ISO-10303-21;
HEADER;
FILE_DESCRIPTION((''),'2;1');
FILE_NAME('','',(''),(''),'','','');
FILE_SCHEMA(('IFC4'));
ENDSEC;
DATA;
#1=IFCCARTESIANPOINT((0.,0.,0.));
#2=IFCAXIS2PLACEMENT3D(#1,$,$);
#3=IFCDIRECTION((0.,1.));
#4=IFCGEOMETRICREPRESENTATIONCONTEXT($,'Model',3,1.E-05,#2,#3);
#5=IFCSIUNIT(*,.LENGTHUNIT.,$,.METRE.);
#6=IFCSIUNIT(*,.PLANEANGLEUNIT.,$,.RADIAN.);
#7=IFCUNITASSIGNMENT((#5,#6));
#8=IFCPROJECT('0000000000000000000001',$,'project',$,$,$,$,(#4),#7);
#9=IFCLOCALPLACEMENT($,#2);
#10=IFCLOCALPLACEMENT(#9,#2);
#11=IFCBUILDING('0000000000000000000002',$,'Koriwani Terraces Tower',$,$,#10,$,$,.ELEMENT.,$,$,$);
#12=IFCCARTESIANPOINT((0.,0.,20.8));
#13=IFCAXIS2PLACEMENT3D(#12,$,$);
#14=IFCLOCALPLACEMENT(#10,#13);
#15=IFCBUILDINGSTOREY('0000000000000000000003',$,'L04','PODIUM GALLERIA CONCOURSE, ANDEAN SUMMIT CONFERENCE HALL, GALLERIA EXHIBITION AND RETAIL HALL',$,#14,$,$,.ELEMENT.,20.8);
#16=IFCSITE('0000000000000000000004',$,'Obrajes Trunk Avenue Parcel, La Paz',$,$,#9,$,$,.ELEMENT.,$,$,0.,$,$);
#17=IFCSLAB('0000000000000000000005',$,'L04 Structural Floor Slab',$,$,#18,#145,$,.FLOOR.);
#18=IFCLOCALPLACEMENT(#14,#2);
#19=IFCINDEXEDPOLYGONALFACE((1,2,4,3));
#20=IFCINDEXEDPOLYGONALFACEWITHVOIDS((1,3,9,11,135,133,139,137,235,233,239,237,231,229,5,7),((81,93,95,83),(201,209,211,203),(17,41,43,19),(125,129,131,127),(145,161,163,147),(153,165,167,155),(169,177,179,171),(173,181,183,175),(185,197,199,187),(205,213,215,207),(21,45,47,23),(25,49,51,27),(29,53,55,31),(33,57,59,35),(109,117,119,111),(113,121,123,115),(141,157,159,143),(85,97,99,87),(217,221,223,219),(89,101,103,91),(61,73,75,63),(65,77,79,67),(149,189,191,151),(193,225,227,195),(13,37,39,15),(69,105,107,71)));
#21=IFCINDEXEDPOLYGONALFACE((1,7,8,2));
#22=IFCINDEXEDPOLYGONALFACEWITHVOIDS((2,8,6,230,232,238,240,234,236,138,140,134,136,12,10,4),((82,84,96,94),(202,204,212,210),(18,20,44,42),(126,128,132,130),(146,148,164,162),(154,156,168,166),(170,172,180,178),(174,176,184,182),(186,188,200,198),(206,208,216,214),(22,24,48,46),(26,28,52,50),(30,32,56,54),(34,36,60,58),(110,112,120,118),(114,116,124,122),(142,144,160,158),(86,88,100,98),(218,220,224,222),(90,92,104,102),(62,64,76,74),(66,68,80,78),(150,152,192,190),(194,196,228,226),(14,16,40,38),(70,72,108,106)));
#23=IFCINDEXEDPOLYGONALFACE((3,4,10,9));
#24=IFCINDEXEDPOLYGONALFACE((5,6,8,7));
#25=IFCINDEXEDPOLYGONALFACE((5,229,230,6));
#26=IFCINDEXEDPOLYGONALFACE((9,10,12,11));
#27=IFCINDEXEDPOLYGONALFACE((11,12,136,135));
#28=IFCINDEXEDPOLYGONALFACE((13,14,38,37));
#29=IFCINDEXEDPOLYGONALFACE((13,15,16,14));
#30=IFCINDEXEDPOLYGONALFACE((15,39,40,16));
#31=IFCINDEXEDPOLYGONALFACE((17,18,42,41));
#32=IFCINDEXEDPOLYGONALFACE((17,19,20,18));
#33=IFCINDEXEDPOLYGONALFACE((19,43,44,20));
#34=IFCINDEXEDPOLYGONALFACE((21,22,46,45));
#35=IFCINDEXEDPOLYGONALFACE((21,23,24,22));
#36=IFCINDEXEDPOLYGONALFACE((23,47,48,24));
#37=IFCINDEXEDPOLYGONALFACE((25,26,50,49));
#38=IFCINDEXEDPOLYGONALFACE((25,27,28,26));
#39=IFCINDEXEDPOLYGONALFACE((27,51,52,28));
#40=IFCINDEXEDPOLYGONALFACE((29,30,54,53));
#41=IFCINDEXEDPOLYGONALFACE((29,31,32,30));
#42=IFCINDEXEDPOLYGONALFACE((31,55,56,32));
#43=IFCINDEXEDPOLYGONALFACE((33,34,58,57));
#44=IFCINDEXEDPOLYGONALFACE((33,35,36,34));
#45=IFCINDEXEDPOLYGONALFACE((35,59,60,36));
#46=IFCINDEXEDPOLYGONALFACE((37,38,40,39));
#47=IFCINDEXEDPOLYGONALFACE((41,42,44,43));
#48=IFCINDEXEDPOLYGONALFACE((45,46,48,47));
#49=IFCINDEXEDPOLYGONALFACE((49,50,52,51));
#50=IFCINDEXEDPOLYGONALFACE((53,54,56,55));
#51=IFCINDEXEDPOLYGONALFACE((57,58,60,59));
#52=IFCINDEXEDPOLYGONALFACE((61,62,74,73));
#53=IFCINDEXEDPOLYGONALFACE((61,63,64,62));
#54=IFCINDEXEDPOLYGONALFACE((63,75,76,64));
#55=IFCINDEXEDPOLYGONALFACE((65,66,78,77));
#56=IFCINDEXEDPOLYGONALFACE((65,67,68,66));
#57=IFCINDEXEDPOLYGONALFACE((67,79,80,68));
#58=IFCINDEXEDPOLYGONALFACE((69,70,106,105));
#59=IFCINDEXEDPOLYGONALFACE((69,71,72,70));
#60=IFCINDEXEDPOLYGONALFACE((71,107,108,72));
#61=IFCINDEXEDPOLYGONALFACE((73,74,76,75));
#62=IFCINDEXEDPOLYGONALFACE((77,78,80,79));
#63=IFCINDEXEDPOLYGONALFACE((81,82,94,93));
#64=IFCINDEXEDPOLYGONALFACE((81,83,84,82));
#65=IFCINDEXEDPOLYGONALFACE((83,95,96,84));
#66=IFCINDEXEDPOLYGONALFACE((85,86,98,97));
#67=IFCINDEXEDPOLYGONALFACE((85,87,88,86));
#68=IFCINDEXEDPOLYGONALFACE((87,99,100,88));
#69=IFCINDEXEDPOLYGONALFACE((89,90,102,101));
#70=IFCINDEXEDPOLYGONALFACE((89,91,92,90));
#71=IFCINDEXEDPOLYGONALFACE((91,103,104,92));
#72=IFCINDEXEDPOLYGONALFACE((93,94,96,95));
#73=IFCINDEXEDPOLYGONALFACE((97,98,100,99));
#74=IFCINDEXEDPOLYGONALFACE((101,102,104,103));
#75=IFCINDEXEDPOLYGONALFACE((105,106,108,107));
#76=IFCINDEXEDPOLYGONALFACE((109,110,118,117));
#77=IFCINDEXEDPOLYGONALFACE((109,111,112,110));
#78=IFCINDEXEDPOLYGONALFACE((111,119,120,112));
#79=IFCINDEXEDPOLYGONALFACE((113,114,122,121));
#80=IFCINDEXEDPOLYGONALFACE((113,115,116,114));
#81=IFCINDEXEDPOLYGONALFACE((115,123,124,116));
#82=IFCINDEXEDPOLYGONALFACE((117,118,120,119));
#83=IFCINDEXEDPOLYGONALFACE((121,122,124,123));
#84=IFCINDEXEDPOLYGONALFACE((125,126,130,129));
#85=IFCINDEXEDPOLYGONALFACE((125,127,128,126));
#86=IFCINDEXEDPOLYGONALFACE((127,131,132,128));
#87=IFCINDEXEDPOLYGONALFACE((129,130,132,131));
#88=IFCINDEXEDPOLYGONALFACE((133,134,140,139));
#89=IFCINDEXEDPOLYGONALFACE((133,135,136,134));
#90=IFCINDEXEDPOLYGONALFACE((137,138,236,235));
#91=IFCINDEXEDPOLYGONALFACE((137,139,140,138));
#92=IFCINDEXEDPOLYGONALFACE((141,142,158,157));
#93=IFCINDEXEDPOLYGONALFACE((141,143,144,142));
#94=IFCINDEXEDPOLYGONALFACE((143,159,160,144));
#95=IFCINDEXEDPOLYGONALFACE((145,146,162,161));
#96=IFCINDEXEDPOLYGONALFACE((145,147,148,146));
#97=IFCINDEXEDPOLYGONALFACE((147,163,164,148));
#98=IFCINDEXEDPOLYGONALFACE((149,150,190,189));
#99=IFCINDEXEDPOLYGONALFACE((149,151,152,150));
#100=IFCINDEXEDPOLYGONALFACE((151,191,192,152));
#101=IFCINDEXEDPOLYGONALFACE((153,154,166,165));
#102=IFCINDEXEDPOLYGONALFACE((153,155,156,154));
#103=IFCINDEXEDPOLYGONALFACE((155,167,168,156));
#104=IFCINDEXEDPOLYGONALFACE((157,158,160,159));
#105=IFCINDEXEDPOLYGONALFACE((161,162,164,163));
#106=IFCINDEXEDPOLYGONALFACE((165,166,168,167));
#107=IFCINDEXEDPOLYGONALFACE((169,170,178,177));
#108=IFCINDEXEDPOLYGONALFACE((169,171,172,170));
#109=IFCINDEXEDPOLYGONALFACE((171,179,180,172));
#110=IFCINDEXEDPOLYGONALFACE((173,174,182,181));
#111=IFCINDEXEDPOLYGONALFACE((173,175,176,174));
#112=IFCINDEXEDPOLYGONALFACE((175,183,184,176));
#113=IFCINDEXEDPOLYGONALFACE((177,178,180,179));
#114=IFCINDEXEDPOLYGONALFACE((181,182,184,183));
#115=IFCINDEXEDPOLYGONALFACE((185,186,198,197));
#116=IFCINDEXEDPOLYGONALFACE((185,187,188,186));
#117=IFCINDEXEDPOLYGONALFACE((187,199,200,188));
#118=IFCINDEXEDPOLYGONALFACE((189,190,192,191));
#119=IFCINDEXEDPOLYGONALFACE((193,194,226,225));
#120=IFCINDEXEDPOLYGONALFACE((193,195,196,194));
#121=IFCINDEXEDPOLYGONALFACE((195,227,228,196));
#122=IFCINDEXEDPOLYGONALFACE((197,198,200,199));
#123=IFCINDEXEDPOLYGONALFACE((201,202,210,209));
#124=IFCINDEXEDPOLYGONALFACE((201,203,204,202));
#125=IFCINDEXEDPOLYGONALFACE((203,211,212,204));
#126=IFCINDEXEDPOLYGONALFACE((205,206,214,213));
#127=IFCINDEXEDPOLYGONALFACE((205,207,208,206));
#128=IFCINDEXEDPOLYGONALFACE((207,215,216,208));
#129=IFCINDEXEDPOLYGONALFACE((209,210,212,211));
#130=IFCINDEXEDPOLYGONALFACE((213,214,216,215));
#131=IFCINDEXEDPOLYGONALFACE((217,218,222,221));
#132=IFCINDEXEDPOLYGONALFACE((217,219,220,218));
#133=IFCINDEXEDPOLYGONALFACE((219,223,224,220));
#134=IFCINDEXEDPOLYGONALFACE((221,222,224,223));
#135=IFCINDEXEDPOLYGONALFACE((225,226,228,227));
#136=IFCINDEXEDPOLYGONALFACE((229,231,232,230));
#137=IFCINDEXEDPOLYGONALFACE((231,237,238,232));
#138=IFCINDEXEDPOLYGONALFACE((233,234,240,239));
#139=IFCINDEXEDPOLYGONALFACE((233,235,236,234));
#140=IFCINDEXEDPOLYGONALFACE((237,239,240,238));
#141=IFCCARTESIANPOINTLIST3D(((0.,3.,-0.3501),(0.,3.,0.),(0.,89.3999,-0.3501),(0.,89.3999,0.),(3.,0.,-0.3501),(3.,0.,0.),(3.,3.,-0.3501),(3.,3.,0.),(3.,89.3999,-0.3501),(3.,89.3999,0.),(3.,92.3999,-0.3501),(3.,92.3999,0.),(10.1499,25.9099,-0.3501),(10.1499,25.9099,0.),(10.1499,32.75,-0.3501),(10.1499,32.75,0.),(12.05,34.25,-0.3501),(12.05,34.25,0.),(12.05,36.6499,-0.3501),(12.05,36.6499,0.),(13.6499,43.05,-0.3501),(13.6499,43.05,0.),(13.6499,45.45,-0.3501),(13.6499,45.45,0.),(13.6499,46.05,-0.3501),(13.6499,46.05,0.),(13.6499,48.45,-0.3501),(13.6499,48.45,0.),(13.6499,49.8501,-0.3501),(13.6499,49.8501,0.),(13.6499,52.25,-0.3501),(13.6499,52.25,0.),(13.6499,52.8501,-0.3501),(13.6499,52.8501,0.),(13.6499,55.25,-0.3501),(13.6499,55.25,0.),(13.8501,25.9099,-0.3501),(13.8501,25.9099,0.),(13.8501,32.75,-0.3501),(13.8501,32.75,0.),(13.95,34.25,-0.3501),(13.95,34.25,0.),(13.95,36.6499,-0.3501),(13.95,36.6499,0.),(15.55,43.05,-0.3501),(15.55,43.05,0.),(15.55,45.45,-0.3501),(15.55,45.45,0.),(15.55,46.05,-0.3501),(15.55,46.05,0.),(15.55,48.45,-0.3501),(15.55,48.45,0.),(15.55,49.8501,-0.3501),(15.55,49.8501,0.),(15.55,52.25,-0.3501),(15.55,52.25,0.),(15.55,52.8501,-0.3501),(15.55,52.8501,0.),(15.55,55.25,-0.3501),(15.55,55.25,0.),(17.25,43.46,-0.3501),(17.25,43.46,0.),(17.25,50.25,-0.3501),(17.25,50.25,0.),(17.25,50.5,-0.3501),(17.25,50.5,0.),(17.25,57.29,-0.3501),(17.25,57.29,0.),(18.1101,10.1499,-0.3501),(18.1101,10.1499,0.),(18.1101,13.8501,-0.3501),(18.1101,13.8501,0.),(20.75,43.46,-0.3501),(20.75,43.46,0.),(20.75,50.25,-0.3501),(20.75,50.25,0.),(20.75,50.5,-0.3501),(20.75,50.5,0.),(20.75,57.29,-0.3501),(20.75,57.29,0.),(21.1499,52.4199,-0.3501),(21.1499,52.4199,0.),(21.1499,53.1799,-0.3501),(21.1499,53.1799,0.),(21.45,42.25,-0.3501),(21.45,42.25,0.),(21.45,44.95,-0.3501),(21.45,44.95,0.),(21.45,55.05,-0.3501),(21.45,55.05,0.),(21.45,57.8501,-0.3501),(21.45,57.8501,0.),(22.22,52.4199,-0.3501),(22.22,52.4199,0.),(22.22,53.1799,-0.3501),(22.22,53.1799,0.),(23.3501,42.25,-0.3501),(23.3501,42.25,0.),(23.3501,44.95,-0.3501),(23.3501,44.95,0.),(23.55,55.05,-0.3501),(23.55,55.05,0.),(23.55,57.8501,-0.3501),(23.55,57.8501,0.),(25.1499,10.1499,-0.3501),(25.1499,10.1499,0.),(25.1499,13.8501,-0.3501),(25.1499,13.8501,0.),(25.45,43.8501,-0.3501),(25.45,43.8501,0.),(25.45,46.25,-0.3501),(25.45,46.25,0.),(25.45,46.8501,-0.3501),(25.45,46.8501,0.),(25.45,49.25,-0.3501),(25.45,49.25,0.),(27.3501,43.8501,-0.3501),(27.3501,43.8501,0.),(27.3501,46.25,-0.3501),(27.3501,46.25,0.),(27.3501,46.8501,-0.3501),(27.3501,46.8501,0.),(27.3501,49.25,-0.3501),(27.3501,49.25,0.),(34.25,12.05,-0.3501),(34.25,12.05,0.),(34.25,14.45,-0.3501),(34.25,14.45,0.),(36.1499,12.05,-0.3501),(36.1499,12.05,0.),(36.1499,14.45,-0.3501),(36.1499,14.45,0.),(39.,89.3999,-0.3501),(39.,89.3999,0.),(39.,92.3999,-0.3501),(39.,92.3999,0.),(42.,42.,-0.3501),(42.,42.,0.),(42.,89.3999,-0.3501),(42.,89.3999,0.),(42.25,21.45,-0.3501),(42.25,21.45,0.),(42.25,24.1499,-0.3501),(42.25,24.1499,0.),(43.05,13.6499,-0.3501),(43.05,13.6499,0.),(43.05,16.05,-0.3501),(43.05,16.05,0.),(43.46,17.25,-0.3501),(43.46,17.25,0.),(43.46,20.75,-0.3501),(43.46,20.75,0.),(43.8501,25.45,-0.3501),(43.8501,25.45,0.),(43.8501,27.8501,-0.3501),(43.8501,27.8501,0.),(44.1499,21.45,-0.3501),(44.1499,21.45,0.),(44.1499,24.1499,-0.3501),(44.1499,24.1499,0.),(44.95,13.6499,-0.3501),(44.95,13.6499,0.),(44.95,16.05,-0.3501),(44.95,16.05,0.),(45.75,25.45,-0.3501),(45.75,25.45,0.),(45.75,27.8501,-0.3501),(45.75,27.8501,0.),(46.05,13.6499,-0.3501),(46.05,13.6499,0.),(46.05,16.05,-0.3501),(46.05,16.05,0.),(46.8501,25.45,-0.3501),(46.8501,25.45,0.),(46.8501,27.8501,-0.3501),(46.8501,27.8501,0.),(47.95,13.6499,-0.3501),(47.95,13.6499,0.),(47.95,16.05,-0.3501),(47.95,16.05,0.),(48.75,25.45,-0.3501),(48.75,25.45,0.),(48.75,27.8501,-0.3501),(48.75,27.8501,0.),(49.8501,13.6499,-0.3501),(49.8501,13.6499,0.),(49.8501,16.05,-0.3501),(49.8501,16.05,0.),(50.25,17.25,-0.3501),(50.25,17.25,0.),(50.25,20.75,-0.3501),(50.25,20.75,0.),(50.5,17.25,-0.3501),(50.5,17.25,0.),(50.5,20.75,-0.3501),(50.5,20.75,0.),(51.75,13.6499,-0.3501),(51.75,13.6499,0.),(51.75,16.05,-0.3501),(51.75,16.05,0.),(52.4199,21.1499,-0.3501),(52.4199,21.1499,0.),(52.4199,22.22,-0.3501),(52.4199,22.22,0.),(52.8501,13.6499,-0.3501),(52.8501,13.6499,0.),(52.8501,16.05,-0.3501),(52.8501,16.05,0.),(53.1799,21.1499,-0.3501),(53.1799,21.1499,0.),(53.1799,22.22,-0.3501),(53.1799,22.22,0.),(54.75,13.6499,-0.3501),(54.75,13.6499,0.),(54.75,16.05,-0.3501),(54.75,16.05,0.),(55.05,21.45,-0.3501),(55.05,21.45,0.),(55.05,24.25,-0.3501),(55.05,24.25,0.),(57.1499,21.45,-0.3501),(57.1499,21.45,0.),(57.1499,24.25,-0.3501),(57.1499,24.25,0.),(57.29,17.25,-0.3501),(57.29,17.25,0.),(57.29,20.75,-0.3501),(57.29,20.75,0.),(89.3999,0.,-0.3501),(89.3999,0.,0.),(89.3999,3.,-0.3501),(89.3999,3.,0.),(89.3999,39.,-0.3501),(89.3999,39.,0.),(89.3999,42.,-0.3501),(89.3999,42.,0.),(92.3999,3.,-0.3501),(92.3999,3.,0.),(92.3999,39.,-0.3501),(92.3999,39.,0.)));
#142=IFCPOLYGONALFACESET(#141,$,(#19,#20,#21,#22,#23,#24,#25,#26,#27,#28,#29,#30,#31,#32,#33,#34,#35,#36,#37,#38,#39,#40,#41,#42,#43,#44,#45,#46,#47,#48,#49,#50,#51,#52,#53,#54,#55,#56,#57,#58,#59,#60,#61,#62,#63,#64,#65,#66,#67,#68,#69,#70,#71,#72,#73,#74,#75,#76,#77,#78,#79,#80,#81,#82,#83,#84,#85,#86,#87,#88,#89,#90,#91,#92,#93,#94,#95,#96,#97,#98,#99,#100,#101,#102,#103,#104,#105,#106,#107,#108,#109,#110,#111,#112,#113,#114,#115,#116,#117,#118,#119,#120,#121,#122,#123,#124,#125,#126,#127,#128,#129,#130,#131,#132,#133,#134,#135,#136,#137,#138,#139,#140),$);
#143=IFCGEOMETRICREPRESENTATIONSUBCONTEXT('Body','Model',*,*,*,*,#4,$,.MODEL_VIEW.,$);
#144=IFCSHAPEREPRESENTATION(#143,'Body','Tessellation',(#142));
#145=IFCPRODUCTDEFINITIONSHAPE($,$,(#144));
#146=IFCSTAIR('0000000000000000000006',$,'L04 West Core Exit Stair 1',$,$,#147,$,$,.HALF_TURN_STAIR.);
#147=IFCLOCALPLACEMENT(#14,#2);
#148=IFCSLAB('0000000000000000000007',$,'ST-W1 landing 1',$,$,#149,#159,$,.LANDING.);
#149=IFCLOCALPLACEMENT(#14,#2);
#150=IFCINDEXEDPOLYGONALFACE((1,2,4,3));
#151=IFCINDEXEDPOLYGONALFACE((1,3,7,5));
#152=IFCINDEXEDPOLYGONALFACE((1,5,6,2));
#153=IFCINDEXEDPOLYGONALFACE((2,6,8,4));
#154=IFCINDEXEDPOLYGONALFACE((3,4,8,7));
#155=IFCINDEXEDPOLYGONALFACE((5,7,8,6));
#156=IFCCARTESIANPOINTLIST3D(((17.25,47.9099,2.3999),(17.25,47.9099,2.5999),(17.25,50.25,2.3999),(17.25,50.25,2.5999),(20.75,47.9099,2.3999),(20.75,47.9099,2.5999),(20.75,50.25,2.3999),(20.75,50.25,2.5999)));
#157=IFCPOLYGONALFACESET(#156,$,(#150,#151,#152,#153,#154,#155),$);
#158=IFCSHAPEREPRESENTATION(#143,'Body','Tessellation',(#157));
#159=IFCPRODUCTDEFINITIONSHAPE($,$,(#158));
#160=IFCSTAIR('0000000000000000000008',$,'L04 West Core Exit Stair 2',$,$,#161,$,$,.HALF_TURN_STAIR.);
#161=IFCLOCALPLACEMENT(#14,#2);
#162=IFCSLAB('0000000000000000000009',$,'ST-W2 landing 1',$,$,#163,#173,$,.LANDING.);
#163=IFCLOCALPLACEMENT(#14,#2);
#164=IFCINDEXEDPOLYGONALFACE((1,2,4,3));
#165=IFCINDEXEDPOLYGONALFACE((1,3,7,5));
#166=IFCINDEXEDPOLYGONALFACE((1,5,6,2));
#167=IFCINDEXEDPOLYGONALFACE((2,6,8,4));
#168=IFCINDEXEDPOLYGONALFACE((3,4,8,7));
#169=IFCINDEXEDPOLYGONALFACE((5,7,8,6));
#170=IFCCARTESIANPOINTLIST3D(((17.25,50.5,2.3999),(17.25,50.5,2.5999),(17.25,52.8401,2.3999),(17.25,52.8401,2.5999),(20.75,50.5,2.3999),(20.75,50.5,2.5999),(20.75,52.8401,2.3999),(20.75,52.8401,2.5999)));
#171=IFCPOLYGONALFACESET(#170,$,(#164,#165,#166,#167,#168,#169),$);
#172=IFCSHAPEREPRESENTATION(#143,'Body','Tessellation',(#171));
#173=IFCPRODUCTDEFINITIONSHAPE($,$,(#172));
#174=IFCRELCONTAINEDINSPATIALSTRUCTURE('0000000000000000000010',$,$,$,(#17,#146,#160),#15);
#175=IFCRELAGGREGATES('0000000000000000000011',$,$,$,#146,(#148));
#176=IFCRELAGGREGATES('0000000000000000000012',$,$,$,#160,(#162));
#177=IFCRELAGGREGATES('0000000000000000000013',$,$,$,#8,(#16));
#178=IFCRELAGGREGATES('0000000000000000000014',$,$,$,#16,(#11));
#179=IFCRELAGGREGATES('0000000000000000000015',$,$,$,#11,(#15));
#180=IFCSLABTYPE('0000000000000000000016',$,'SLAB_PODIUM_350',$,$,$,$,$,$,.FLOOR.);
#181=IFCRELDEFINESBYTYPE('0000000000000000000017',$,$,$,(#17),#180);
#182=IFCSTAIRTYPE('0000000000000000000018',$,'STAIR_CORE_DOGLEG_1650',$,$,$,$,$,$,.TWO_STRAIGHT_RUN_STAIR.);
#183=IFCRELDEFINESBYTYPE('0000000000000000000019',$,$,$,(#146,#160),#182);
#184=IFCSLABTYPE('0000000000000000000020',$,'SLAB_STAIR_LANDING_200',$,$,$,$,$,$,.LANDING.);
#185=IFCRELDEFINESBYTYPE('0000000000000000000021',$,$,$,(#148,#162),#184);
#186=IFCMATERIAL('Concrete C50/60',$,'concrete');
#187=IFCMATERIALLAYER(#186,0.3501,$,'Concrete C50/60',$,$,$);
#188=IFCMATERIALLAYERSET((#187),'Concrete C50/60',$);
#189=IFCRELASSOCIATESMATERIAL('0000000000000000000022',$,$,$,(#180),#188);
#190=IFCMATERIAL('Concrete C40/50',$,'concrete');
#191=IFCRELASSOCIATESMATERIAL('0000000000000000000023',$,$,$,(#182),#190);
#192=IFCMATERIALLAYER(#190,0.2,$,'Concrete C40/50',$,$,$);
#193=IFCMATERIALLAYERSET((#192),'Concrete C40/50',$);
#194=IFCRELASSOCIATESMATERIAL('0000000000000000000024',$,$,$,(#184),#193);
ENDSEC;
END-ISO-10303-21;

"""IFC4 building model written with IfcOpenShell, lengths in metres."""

from ifc_helpers import new_model, si_unit, direction, frame, origin, place, context, subcontext, project, spatial, polyline, outline, extrude, material, layer, layer_set, type_object, element, aggregate, save


model = new_model("IFC4")

# Units and contexts
model_context = context("Model", 3, precision=1e-05, world=origin(), true_north=direction((0.0, 1.0)))
body_context = subcontext(model_context, "Body", "Model", "MODEL_VIEW")
ifc_project = project(units=[si_unit("LENGTHUNIT", "METRE"), si_unit("PLANEANGLEUNIT", "RADIAN")], contexts=[model_context])

# Site, building, storey
site_placement = place(None, origin())
site = spatial("IfcSite", under=ifc_project, at=site_placement, Name="Obrajes Trunk Avenue Parcel, La Paz", CompositionType="ELEMENT", RefElevation=0.0)
building_placement = place(site_placement, origin())
building = spatial("IfcBuilding", under=site, at=building_placement, Name="Koriwani Terraces Tower", CompositionType="ELEMENT")
storey_placement = place(building_placement, frame((0.0, 0.0, 20.8)))
storey = spatial("IfcBuildingStorey", under=building, at=storey_placement, Name="L04", Description="PODIUM GALLERIA CONCOURSE, ANDEAN SUMMIT CONFERENCE HALL, GALLERIA EXHIBITION AND RETAIL HALL", CompositionType="ELEMENT", Elevation=20.8)

# Slab
ifc_material_1 = material(Name="Concrete C50/60", Category="concrete")
ifc_layer_1 = layer(ifc_material_1, 0.3501, Name="Concrete C50/60")
ifc_layer_set_1 = layer_set([ifc_layer_1], Name="Concrete C50/60")
slab_type_1 = type_object("IfcSlabType", Name="SLAB_PODIUM_350", PredefinedType="FLOOR", material=ifc_layer_set_1)
slab_1_placement = place(storey_placement, frame((0.0, 0.0, -0.3501)))
element("IfcSlab", 1, at=slab_1_placement, inside=storey, type_object=slab_type_1, Name="L04 Structural Floor Slab", PredefinedType="FLOOR", context=body_context, shape_type="SweptSolid", body=[
    extrude(outline(polyline([(3.0, 0.0), (89.3999, 0.0), (89.3999, 3.0), (92.3999, 3.0), (92.3999, 39.0), (89.3999, 39.0), (89.3999, 42.0), (42.0, 42.0), (42.0, 89.3999), (39.0, 89.3999), (39.0, 92.3999), (3.0, 92.3999), (3.0, 89.3999), (0.0, 89.3999), (0.0, 3.0), (3.0, 3.0), (3.0, 0.0)]), holes=[polyline([(17.25, 43.46), (20.75, 43.46), (20.75, 50.25), (17.25, 50.25), (17.25, 43.46)]), polyline([(17.25, 50.5), (20.75, 50.5), (20.75, 57.29), (17.25, 57.29), (17.25, 50.5)]), polyline([(43.46, 17.25), (50.25, 17.25), (50.25, 20.75), (43.46, 20.75), (43.46, 17.25)]), polyline([(50.5, 17.25), (57.29, 17.25), (57.29, 20.75), (50.5, 20.75), (50.5, 17.25)]), polyline([(10.1499, 25.9099), (13.8501, 25.9099), (13.8501, 32.75), (10.1499, 32.75), (10.1499, 25.9099)]), polyline([(18.1101, 10.1499), (25.1499, 10.1499), (25.1499, 13.8501), (18.1101, 13.8501), (18.1101, 10.1499)]), polyline([(12.05, 34.25), (13.95, 34.25), (13.95, 36.6499), (12.05, 36.6499), (12.05, 34.25)]), polyline([(34.25, 12.05), (36.1499, 12.05), (36.1499, 14.45), (34.25, 14.45), (34.25, 12.05)]), polyline([(13.6499, 43.05), (15.55, 43.05), (15.55, 45.45), (13.6499, 45.45), (13.6499, 43.05)]), polyline([(13.6499, 46.05), (15.55, 46.05), (15.55, 48.45), (13.6499, 48.45), (13.6499, 46.05)]), polyline([(43.05, 13.6499), (44.95, 13.6499), (44.95, 16.05), (43.05, 16.05), (43.05, 13.6499)]), polyline([(46.05, 13.6499), (47.95, 13.6499), (47.95, 16.05), (46.05, 16.05), (46.05, 13.6499)]), polyline([(13.6499, 49.8501), (15.55, 49.8501), (15.55, 52.25), (13.6499, 52.25), (13.6499, 49.8501)]), polyline([(13.6499, 52.8501), (15.55, 52.8501), (15.55, 55.25), (13.6499, 55.25), (13.6499, 52.8501)]), polyline([(49.8501, 13.6499), (51.75, 13.6499), (51.75, 16.05), (49.8501, 16.05), (49.8501, 13.6499)]), polyline([(52.8501, 13.6499), (54.75, 13.6499), (54.75, 16.05), (52.8501, 16.05), (52.8501, 13.6499)]), polyline([(25.45, 43.8501), (27.3501, 43.8501), (27.3501, 46.25), (25.45, 46.25), (25.45, 43.8501)]), polyline([(25.45, 46.8501), (27.3501, 46.8501), (27.3501, 49.25), (25.45, 49.25), (25.45, 46.8501)]), polyline([(43.8501, 25.45), (45.75, 25.45), (45.75, 27.8501), (43.8501, 27.8501), (43.8501, 25.45)]), polyline([(46.8501, 25.45), (48.75, 25.45), (48.75, 27.8501), (46.8501, 27.8501), (46.8501, 25.45)]), polyline([(21.45, 55.05), (23.55, 55.05), (23.55, 57.8501), (21.45, 57.8501), (21.45, 55.05)]), polyline([(55.05, 21.45), (57.1499, 21.45), (57.1499, 24.25), (55.05, 24.25), (55.05, 21.45)]), polyline([(21.45, 42.25), (23.3501, 42.25), (23.3501, 44.95), (21.45, 44.95), (21.45, 42.25)]), polyline([(42.25, 21.45), (44.1499, 21.45), (44.1499, 24.1499), (42.25, 24.1499), (42.25, 21.45)]), polyline([(21.1499, 52.4199), (22.22, 52.4199), (22.22, 53.1799), (21.1499, 53.1799), (21.1499, 52.4199)]), polyline([(52.4199, 21.1499), (53.1799, 21.1499), (53.1799, 22.22), (52.4199, 22.22), (52.4199, 21.1499)])]), origin(), (0.0, 0.0, 1.0), 0.3501),
])

# Stairs, slabs
ifc_material_2 = material(Name="Concrete C40/50", Category="concrete")
stair_type_1 = type_object("IfcStairType", Name="STAIR_CORE_DOGLEG_1650", PredefinedType="TWO_STRAIGHT_RUN_STAIR", material=ifc_material_2)
stair_1_placement = place(storey_placement, origin())
stair_1 = element("IfcStair", 2, at=stair_1_placement, inside=storey, type_object=stair_type_1, Name="L04 West Core Exit Stair 1", PredefinedType="HALF_TURN_STAIR")
ifc_layer_2 = layer(ifc_material_2, 0.2, Name="Concrete C40/50")
ifc_layer_set_2 = layer_set([ifc_layer_2], Name="Concrete C40/50")
slab_type_2 = type_object("IfcSlabType", Name="SLAB_STAIR_LANDING_200", PredefinedType="LANDING", material=ifc_layer_set_2)
slab_2_placement = place(storey_placement, frame((0.0, 0.0, 2.3999)))
slab_2 = element("IfcSlab", 3, at=slab_2_placement, type_object=slab_type_2, Name="ST-W1 landing 1", PredefinedType="LANDING", context=body_context, shape_type="SweptSolid", body=[
    extrude(outline(polyline([(20.75, 47.9099), (20.75, 50.25), (17.25, 50.25), (17.25, 47.9099), (20.75, 47.9099)])), origin(), (0.0, 0.0, 1.0), 0.2),
])
aggregate(stair_1, [slab_2])
stair_2_placement = place(storey_placement, origin())
stair_2 = element("IfcStair", 4, at=stair_2_placement, inside=storey, type_object=stair_type_1, Name="L04 West Core Exit Stair 2", PredefinedType="HALF_TURN_STAIR")
slab_3_placement = place(storey_placement, frame((0.0, 0.0, 2.3999)))
slab_3 = element("IfcSlab", 5, at=slab_3_placement, type_object=slab_type_2, Name="ST-W2 landing 1", PredefinedType="LANDING", context=body_context, shape_type="SweptSolid", body=[
    extrude(outline(polyline([(17.25, 52.8401), (17.25, 50.5), (20.75, 50.5), (20.75, 52.8401), (17.25, 52.8401)])), origin(), (0.0, 0.0, 1.0), 0.2),
])
aggregate(stair_2, [slab_3])

save(model, "model.ifc")
